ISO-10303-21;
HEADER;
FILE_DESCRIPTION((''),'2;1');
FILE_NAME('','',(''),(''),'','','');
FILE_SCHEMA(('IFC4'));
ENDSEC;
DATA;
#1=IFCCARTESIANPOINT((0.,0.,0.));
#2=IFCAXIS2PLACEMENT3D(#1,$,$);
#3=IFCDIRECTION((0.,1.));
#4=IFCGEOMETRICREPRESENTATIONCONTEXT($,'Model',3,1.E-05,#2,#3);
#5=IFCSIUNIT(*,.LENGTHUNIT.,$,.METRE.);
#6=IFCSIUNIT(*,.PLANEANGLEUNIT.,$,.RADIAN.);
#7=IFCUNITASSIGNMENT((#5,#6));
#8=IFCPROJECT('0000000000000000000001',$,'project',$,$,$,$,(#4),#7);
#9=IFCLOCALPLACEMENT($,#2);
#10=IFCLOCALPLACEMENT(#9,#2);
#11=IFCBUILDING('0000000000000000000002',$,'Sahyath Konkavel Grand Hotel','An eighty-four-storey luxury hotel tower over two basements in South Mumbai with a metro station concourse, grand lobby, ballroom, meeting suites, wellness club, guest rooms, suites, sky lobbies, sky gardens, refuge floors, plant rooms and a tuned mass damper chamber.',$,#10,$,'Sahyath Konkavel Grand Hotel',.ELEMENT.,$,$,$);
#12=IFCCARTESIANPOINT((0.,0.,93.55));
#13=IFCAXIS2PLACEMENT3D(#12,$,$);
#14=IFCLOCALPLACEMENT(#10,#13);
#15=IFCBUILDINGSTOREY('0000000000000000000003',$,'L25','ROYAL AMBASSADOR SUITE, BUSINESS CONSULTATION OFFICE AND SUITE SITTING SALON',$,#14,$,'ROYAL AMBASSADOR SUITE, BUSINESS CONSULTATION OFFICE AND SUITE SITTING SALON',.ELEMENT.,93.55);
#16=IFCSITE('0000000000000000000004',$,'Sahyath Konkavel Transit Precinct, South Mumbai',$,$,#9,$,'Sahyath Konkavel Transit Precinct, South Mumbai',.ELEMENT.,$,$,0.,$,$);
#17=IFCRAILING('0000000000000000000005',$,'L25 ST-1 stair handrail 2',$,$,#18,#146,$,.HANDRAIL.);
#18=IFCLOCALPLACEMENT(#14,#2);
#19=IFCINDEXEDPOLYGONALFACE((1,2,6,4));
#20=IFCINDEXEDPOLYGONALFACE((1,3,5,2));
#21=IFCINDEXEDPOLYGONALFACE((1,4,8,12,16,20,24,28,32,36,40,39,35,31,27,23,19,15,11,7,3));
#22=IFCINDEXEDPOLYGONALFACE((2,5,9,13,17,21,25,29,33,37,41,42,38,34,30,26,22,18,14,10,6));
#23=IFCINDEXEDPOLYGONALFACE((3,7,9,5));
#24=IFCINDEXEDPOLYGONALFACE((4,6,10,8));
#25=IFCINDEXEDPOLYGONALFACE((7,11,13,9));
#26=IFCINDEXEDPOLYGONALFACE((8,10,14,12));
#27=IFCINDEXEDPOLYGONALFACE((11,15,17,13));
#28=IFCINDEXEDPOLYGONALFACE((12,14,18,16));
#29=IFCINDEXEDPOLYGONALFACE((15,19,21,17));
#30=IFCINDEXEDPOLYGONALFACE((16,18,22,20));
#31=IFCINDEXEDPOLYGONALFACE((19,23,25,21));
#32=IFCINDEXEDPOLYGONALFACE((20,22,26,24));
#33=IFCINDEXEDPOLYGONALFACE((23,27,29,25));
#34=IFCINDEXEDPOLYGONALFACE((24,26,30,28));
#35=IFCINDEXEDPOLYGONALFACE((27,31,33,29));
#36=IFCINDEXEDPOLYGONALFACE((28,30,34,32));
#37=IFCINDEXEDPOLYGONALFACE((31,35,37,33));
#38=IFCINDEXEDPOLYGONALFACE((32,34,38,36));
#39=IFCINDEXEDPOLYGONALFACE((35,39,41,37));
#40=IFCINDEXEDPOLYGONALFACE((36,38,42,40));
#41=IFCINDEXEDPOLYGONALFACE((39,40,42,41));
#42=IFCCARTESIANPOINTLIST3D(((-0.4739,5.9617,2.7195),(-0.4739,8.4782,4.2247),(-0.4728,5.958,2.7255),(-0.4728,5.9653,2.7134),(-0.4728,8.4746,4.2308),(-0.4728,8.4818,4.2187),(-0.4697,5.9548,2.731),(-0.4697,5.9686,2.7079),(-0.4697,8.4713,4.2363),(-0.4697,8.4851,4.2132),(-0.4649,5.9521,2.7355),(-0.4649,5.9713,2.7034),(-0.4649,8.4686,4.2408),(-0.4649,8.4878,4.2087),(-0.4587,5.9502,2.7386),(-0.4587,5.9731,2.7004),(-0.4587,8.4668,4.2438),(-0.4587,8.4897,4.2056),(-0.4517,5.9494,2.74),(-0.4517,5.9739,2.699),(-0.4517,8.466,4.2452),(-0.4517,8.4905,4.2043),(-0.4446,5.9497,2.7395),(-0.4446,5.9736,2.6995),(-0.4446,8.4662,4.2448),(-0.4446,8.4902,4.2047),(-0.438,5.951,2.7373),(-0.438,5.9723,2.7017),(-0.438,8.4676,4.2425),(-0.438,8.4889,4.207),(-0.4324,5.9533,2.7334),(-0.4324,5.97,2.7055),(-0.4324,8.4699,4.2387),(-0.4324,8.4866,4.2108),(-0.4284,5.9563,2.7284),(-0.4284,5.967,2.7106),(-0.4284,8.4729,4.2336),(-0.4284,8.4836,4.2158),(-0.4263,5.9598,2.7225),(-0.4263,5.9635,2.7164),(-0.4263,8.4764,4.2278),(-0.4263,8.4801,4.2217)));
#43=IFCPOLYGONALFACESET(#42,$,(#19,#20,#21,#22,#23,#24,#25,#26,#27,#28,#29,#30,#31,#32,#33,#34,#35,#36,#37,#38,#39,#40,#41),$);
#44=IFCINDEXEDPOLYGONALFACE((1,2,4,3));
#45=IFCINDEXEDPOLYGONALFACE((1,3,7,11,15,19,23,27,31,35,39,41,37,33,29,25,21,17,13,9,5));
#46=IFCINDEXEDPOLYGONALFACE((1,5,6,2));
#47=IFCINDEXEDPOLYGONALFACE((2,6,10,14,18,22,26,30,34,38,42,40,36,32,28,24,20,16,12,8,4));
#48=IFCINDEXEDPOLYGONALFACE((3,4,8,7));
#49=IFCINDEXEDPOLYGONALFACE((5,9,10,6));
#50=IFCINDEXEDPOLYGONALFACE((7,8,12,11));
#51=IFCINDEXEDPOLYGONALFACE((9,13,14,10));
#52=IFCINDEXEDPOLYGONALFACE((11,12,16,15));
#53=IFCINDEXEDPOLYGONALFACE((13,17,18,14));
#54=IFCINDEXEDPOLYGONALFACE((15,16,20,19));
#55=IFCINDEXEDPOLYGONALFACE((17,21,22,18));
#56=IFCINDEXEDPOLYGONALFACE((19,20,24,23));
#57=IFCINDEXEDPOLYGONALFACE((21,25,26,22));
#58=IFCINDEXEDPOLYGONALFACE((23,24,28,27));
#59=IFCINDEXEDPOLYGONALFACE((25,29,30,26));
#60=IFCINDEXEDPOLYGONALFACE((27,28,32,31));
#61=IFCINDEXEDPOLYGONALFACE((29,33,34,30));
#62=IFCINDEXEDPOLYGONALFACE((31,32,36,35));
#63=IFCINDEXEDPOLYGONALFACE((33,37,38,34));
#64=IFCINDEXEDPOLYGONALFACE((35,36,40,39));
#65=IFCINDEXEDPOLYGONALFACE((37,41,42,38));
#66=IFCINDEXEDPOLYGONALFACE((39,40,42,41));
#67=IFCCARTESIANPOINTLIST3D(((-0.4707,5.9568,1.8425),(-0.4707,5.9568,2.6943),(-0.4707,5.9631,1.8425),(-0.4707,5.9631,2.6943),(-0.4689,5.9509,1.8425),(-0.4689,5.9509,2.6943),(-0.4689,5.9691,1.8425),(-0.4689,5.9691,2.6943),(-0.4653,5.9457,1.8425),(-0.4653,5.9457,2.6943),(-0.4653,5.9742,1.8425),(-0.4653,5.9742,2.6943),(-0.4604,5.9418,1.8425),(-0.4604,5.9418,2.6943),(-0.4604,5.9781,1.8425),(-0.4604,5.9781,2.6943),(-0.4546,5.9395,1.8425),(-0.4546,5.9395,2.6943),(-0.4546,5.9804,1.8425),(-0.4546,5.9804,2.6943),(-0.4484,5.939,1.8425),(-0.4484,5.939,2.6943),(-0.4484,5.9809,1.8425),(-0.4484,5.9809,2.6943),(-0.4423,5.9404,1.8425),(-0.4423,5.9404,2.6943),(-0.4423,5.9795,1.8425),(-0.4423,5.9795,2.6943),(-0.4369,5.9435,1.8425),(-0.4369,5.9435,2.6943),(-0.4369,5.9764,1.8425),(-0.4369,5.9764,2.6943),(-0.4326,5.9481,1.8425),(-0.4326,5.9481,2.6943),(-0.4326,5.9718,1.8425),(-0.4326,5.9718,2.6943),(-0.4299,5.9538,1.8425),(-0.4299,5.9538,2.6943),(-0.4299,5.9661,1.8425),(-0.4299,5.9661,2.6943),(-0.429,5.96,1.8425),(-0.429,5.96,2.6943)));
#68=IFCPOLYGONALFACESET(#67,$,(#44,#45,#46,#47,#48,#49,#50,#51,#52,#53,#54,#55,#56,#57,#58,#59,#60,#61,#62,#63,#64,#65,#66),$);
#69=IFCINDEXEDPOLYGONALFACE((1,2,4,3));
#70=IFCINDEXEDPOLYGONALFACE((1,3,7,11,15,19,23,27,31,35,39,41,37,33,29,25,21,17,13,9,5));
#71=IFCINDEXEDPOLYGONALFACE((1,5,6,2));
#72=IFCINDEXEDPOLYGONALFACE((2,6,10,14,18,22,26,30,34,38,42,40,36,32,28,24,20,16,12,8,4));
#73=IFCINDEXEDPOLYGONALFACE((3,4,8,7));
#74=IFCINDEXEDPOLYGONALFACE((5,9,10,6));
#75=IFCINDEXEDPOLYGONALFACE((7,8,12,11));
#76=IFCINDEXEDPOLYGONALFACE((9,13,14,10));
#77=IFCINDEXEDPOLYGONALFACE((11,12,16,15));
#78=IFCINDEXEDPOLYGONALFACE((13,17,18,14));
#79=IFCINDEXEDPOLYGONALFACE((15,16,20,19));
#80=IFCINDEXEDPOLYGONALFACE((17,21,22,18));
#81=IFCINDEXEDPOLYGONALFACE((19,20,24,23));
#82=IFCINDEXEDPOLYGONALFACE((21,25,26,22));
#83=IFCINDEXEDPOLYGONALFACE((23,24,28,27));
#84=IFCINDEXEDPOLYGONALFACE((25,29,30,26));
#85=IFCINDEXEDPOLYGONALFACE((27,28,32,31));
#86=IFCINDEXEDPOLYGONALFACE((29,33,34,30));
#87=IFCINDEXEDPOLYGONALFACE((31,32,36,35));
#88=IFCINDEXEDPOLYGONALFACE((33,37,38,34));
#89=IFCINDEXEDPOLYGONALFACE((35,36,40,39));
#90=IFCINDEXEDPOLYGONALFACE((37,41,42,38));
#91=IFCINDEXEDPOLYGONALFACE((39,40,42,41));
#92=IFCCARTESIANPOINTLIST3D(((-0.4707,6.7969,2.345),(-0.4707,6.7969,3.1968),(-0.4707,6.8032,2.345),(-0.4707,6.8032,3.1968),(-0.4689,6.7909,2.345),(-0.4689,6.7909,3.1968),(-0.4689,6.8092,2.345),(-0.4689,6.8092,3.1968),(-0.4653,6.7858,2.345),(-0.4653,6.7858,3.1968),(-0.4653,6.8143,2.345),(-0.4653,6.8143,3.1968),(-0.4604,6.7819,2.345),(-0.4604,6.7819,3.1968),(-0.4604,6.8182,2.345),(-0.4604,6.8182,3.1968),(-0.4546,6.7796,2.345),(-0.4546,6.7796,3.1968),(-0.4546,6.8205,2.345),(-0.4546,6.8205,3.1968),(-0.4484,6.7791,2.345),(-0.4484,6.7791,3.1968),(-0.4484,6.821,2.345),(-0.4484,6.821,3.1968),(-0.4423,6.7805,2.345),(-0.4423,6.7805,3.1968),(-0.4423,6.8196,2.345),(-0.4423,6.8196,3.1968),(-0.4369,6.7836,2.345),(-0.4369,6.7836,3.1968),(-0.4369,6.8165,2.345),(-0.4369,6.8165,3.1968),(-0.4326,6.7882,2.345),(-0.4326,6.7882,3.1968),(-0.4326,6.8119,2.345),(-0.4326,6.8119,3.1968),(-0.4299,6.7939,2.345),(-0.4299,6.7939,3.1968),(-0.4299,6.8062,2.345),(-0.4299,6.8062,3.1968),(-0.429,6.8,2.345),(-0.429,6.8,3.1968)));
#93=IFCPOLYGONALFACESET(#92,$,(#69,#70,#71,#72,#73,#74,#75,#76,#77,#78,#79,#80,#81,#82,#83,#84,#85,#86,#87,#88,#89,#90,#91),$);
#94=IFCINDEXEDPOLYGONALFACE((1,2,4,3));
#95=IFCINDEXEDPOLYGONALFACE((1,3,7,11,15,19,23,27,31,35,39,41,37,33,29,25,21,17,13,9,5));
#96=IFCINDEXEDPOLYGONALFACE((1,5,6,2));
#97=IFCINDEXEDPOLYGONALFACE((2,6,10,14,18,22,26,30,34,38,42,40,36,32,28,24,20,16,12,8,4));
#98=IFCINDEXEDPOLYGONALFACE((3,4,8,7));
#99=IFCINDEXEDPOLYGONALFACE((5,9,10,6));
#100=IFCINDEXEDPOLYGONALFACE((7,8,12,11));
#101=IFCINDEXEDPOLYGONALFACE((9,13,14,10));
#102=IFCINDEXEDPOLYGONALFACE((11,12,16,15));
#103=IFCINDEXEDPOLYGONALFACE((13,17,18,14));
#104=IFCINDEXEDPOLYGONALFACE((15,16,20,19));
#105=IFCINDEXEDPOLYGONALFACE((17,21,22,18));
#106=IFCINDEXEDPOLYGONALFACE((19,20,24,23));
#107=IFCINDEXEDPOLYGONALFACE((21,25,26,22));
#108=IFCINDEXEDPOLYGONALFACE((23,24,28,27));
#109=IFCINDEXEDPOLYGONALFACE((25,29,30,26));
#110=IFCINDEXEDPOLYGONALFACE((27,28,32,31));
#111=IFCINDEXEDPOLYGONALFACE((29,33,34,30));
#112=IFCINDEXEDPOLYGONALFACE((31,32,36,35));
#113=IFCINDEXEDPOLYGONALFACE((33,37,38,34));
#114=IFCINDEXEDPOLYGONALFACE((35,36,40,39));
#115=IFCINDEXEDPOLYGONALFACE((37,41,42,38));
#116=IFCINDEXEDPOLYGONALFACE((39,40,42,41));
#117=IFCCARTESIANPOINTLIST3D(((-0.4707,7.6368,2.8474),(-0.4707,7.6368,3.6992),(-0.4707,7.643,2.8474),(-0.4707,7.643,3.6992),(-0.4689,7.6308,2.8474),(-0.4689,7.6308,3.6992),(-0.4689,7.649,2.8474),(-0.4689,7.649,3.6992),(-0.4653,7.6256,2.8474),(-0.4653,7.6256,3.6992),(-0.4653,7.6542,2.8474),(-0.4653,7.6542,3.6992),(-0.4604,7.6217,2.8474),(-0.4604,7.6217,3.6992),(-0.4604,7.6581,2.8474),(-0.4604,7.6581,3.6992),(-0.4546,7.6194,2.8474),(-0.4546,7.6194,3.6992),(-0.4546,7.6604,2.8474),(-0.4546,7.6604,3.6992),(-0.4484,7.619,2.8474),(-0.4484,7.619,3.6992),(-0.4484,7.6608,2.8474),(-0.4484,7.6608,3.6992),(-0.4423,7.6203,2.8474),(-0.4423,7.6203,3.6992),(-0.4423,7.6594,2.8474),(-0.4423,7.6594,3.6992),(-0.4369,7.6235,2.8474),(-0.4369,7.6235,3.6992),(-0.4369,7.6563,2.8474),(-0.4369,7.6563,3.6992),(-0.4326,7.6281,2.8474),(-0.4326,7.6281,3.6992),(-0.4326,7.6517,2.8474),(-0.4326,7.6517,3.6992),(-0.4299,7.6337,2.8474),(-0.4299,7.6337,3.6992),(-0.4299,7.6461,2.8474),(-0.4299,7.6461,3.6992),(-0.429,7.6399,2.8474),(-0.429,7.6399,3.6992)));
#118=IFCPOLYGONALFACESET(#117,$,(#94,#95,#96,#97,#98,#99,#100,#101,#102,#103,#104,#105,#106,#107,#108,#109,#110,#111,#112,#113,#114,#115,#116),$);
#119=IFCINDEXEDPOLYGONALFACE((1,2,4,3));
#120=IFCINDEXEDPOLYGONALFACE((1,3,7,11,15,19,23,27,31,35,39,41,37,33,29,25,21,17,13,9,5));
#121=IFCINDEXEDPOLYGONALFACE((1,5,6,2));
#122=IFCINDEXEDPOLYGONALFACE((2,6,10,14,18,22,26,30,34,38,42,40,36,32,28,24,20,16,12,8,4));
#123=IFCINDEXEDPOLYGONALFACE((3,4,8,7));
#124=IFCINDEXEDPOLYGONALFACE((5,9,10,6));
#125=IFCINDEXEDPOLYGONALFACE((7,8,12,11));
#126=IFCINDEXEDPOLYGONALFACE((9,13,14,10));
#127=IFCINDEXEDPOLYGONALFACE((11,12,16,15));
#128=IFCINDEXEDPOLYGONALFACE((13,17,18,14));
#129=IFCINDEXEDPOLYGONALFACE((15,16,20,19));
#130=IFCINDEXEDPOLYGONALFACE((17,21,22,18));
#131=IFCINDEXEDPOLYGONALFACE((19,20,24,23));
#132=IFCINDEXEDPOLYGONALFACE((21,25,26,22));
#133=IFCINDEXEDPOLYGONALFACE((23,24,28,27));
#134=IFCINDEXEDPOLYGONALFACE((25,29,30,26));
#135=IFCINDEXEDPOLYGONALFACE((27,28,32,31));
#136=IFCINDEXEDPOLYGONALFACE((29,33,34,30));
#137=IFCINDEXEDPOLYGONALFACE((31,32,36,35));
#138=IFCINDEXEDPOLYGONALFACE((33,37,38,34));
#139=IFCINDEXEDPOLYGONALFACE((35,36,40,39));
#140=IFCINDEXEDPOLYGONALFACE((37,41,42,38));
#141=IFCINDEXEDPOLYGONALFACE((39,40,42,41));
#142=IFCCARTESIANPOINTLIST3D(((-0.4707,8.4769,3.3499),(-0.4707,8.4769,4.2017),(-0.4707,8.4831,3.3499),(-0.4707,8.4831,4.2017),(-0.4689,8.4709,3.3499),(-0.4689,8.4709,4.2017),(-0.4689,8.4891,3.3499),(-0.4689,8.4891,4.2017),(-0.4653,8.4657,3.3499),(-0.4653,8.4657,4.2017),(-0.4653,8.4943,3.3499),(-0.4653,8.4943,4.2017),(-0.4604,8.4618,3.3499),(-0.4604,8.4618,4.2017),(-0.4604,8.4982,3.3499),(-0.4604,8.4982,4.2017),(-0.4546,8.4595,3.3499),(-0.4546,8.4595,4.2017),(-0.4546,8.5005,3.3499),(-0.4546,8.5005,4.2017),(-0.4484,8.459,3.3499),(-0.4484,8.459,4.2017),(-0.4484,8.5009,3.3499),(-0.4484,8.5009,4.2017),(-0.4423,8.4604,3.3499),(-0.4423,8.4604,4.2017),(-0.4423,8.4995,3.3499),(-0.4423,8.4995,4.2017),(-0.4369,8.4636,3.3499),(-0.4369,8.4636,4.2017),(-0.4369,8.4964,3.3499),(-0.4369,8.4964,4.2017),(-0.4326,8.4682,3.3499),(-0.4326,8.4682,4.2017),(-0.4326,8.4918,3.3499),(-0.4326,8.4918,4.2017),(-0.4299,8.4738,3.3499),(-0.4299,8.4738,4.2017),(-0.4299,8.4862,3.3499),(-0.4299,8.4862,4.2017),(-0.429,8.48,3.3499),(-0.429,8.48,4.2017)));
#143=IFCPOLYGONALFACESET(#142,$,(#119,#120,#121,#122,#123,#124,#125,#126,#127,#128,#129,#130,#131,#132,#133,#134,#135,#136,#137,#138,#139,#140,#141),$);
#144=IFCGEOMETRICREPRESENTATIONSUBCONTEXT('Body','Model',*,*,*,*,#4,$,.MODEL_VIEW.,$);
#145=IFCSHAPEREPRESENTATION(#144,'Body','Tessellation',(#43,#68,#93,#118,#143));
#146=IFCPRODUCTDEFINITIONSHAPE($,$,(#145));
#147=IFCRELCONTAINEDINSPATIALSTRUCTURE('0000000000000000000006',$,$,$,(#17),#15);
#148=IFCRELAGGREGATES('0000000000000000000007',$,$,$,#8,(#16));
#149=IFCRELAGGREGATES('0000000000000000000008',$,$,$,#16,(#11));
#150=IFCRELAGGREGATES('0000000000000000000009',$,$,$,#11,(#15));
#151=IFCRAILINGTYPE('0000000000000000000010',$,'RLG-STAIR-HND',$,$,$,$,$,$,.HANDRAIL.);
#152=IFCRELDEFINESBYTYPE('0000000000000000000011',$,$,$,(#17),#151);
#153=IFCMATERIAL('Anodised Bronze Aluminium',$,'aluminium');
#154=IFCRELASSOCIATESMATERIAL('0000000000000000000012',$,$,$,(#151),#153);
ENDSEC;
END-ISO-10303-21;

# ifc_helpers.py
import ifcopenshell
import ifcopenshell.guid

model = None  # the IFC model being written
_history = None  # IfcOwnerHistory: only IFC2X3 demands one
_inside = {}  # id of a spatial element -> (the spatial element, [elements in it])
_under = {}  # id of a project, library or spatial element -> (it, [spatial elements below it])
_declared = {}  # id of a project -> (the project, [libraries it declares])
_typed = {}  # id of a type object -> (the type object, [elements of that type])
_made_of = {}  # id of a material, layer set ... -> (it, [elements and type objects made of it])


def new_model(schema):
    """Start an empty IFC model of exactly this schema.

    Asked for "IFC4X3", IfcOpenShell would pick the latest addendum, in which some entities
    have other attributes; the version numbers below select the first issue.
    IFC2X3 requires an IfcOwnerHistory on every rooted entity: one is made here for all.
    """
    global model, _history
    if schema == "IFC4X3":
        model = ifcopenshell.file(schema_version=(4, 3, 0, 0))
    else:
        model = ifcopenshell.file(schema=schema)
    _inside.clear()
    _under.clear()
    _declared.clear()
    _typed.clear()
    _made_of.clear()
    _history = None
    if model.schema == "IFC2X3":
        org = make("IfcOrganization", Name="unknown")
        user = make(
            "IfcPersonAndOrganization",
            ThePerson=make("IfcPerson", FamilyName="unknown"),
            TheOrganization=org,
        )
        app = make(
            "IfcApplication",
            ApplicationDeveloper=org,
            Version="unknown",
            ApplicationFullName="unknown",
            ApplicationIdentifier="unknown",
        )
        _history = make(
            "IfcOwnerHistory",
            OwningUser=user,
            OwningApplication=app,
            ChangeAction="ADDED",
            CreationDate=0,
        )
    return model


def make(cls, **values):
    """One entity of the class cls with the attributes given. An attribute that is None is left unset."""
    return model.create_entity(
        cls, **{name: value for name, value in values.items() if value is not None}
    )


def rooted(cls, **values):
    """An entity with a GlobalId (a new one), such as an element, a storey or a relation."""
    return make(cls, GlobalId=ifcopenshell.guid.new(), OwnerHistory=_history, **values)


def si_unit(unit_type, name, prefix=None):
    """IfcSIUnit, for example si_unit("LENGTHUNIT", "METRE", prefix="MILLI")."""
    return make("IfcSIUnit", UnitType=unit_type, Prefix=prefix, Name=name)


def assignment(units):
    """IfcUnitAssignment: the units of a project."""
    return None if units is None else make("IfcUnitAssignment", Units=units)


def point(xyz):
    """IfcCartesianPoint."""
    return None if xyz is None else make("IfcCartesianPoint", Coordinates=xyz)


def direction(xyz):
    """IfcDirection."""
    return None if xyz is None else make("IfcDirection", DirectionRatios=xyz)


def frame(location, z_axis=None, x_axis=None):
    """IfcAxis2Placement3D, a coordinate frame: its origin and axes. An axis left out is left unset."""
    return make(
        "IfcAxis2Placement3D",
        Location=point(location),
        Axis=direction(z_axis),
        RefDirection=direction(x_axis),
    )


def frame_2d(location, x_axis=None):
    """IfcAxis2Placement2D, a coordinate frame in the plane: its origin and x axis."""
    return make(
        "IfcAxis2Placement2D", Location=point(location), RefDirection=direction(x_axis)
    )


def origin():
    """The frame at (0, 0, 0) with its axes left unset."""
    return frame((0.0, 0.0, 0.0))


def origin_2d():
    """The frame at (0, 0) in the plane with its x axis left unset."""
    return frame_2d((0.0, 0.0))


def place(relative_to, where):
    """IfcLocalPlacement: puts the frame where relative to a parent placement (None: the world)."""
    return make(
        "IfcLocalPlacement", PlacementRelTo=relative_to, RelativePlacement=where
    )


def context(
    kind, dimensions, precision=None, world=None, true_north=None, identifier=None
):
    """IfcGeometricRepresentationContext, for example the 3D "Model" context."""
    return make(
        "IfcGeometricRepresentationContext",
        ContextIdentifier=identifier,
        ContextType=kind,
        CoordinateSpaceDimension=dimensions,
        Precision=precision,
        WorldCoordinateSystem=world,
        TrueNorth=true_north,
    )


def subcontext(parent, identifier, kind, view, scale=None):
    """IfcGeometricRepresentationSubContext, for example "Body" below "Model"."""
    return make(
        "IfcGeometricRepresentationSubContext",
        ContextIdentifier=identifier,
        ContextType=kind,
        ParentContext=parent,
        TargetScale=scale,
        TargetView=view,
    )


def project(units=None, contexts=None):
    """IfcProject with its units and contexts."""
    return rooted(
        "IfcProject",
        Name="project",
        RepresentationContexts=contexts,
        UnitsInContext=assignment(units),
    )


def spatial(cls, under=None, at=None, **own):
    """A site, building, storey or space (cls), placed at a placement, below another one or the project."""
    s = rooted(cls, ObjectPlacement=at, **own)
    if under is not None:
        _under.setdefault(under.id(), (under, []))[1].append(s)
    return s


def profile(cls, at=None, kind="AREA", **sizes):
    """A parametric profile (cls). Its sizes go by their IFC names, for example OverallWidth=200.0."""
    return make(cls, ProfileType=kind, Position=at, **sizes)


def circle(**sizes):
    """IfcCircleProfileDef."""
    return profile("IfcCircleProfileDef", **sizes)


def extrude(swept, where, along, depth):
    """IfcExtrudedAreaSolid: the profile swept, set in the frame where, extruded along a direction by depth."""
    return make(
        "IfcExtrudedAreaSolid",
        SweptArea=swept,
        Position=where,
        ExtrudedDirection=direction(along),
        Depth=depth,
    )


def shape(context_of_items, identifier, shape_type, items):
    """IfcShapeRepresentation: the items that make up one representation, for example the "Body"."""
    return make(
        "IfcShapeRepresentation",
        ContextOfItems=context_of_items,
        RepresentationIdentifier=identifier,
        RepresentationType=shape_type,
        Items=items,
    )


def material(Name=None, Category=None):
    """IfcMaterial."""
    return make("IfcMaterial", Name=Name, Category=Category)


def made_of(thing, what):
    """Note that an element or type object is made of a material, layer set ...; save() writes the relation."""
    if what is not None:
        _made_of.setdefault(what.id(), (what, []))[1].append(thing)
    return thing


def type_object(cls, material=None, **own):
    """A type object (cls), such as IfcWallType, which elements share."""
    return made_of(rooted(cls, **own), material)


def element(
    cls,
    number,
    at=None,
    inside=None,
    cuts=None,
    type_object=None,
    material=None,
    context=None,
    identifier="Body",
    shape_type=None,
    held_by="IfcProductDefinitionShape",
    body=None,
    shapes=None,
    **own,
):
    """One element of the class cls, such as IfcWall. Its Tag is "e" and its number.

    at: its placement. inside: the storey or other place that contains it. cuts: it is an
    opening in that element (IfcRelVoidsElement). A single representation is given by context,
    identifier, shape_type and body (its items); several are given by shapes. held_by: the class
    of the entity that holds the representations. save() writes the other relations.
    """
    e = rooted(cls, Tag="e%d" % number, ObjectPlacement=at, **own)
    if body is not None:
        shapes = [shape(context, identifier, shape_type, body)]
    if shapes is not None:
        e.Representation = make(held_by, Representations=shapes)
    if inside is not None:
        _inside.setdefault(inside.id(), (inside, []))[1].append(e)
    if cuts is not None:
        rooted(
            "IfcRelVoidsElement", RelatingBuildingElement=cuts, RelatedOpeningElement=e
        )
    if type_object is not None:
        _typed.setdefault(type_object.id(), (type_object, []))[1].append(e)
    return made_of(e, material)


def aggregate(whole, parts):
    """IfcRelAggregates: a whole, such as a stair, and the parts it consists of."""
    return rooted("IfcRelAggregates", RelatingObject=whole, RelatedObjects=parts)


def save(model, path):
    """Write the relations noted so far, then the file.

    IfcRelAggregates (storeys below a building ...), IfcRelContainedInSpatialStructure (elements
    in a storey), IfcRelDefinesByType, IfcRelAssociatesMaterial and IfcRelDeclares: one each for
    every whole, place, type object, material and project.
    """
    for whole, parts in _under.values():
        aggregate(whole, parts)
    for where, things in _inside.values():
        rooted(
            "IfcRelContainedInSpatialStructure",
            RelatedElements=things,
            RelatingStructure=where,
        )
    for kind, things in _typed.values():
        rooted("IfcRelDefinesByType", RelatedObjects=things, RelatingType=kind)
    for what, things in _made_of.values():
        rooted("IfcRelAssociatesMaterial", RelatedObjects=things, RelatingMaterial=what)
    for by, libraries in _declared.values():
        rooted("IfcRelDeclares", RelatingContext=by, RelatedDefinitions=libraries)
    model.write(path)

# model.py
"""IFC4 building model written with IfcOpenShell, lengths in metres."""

from ifc_helpers import new_model, si_unit, direction, frame, origin, origin_2d, place, context, subcontext, project, spatial, circle, extrude, material, type_object, element, save


model = new_model("IFC4")

# Units and contexts
model_context = context("Model", 3, precision=1e-05, world=origin(), true_north=direction((0.0, 1.0)))
body_context = subcontext(model_context, "Body", "Model", "MODEL_VIEW")
ifc_project = project(units=[si_unit("LENGTHUNIT", "METRE"), si_unit("PLANEANGLEUNIT", "RADIAN")], contexts=[model_context])

# Site, building, storey
site_placement = place(None, origin())
site = spatial("IfcSite", under=ifc_project, at=site_placement, Name="Sahyath Konkavel Transit Precinct, South Mumbai", LongName="Sahyath Konkavel Transit Precinct, South Mumbai", CompositionType="ELEMENT", RefElevation=0.0)
building_placement = place(site_placement, origin())
building = spatial("IfcBuilding", under=site, at=building_placement, Name="Sahyath Konkavel Grand Hotel", Description="An eighty-four-storey luxury hotel tower over two basements in South Mumbai with a metro station concourse, grand lobby, ballroom, meeting suites, wellness club, guest rooms, suites, sky lobbies, sky gardens, refuge floors, plant rooms and a tuned mass damper chamber.", LongName="Sahyath Konkavel Grand Hotel", CompositionType="ELEMENT")
storey_placement = place(building_placement, frame((0.0, 0.0, 93.55)))
storey = spatial("IfcBuildingStorey", under=building, at=storey_placement, Name="L25", Description="ROYAL AMBASSADOR SUITE, BUSINESS CONSULTATION OFFICE AND SUITE SITTING SALON", LongName="ROYAL AMBASSADOR SUITE, BUSINESS CONSULTATION OFFICE AND SUITE SITTING SALON", CompositionType="ELEMENT", Elevation=93.55)

# Railing
ifc_material_1 = material(Name="Anodised Bronze Aluminium", Category="aluminium")
railing_type_1 = type_object("IfcRailingType", Name="RLG-STAIR-HND", PredefinedType="HANDRAIL", material=ifc_material_1)
railing_1_placement = place(storey_placement, frame((-0.45, 5.96, 1.8425)))
element("IfcRailing", 1, at=railing_1_placement, inside=storey, type_object=railing_type_1, Name="L25 ST-1 stair handrail 2", PredefinedType="HANDRAIL", context=body_context, shape_type="SweptSolid", body=[
    extrude(circle(Radius=0.0239, at=origin_2d()), frame((0.0, 0.0017, 0.877), z_axis=(0.0, 0.858196, 0.513321), x_axis=(-1.0, 0.0, 0.0)), (0.0, 0.0, 1.0), 2.9324),
    extrude(circle(Radius=0.021, at=origin_2d()), origin(), (0.0, 0.0, 1.0), 0.8518),
    extrude(circle(Radius=0.021, at=origin_2d()), frame((0.0, 0.8401, 0.5024)), (0.0, 0.0, 1.0), 0.8518),
    extrude(circle(Radius=0.021, at=origin_2d()), frame((0.0, 1.6799, 1.0049)), (0.0, 0.0, 1.0), 0.8518),
    extrude(circle(Radius=0.021, at=origin_2d()), frame((0.0, 2.52, 1.5073)), (0.0, 0.0, 1.0), 0.8518),
])

save(model, "model.ifc")
